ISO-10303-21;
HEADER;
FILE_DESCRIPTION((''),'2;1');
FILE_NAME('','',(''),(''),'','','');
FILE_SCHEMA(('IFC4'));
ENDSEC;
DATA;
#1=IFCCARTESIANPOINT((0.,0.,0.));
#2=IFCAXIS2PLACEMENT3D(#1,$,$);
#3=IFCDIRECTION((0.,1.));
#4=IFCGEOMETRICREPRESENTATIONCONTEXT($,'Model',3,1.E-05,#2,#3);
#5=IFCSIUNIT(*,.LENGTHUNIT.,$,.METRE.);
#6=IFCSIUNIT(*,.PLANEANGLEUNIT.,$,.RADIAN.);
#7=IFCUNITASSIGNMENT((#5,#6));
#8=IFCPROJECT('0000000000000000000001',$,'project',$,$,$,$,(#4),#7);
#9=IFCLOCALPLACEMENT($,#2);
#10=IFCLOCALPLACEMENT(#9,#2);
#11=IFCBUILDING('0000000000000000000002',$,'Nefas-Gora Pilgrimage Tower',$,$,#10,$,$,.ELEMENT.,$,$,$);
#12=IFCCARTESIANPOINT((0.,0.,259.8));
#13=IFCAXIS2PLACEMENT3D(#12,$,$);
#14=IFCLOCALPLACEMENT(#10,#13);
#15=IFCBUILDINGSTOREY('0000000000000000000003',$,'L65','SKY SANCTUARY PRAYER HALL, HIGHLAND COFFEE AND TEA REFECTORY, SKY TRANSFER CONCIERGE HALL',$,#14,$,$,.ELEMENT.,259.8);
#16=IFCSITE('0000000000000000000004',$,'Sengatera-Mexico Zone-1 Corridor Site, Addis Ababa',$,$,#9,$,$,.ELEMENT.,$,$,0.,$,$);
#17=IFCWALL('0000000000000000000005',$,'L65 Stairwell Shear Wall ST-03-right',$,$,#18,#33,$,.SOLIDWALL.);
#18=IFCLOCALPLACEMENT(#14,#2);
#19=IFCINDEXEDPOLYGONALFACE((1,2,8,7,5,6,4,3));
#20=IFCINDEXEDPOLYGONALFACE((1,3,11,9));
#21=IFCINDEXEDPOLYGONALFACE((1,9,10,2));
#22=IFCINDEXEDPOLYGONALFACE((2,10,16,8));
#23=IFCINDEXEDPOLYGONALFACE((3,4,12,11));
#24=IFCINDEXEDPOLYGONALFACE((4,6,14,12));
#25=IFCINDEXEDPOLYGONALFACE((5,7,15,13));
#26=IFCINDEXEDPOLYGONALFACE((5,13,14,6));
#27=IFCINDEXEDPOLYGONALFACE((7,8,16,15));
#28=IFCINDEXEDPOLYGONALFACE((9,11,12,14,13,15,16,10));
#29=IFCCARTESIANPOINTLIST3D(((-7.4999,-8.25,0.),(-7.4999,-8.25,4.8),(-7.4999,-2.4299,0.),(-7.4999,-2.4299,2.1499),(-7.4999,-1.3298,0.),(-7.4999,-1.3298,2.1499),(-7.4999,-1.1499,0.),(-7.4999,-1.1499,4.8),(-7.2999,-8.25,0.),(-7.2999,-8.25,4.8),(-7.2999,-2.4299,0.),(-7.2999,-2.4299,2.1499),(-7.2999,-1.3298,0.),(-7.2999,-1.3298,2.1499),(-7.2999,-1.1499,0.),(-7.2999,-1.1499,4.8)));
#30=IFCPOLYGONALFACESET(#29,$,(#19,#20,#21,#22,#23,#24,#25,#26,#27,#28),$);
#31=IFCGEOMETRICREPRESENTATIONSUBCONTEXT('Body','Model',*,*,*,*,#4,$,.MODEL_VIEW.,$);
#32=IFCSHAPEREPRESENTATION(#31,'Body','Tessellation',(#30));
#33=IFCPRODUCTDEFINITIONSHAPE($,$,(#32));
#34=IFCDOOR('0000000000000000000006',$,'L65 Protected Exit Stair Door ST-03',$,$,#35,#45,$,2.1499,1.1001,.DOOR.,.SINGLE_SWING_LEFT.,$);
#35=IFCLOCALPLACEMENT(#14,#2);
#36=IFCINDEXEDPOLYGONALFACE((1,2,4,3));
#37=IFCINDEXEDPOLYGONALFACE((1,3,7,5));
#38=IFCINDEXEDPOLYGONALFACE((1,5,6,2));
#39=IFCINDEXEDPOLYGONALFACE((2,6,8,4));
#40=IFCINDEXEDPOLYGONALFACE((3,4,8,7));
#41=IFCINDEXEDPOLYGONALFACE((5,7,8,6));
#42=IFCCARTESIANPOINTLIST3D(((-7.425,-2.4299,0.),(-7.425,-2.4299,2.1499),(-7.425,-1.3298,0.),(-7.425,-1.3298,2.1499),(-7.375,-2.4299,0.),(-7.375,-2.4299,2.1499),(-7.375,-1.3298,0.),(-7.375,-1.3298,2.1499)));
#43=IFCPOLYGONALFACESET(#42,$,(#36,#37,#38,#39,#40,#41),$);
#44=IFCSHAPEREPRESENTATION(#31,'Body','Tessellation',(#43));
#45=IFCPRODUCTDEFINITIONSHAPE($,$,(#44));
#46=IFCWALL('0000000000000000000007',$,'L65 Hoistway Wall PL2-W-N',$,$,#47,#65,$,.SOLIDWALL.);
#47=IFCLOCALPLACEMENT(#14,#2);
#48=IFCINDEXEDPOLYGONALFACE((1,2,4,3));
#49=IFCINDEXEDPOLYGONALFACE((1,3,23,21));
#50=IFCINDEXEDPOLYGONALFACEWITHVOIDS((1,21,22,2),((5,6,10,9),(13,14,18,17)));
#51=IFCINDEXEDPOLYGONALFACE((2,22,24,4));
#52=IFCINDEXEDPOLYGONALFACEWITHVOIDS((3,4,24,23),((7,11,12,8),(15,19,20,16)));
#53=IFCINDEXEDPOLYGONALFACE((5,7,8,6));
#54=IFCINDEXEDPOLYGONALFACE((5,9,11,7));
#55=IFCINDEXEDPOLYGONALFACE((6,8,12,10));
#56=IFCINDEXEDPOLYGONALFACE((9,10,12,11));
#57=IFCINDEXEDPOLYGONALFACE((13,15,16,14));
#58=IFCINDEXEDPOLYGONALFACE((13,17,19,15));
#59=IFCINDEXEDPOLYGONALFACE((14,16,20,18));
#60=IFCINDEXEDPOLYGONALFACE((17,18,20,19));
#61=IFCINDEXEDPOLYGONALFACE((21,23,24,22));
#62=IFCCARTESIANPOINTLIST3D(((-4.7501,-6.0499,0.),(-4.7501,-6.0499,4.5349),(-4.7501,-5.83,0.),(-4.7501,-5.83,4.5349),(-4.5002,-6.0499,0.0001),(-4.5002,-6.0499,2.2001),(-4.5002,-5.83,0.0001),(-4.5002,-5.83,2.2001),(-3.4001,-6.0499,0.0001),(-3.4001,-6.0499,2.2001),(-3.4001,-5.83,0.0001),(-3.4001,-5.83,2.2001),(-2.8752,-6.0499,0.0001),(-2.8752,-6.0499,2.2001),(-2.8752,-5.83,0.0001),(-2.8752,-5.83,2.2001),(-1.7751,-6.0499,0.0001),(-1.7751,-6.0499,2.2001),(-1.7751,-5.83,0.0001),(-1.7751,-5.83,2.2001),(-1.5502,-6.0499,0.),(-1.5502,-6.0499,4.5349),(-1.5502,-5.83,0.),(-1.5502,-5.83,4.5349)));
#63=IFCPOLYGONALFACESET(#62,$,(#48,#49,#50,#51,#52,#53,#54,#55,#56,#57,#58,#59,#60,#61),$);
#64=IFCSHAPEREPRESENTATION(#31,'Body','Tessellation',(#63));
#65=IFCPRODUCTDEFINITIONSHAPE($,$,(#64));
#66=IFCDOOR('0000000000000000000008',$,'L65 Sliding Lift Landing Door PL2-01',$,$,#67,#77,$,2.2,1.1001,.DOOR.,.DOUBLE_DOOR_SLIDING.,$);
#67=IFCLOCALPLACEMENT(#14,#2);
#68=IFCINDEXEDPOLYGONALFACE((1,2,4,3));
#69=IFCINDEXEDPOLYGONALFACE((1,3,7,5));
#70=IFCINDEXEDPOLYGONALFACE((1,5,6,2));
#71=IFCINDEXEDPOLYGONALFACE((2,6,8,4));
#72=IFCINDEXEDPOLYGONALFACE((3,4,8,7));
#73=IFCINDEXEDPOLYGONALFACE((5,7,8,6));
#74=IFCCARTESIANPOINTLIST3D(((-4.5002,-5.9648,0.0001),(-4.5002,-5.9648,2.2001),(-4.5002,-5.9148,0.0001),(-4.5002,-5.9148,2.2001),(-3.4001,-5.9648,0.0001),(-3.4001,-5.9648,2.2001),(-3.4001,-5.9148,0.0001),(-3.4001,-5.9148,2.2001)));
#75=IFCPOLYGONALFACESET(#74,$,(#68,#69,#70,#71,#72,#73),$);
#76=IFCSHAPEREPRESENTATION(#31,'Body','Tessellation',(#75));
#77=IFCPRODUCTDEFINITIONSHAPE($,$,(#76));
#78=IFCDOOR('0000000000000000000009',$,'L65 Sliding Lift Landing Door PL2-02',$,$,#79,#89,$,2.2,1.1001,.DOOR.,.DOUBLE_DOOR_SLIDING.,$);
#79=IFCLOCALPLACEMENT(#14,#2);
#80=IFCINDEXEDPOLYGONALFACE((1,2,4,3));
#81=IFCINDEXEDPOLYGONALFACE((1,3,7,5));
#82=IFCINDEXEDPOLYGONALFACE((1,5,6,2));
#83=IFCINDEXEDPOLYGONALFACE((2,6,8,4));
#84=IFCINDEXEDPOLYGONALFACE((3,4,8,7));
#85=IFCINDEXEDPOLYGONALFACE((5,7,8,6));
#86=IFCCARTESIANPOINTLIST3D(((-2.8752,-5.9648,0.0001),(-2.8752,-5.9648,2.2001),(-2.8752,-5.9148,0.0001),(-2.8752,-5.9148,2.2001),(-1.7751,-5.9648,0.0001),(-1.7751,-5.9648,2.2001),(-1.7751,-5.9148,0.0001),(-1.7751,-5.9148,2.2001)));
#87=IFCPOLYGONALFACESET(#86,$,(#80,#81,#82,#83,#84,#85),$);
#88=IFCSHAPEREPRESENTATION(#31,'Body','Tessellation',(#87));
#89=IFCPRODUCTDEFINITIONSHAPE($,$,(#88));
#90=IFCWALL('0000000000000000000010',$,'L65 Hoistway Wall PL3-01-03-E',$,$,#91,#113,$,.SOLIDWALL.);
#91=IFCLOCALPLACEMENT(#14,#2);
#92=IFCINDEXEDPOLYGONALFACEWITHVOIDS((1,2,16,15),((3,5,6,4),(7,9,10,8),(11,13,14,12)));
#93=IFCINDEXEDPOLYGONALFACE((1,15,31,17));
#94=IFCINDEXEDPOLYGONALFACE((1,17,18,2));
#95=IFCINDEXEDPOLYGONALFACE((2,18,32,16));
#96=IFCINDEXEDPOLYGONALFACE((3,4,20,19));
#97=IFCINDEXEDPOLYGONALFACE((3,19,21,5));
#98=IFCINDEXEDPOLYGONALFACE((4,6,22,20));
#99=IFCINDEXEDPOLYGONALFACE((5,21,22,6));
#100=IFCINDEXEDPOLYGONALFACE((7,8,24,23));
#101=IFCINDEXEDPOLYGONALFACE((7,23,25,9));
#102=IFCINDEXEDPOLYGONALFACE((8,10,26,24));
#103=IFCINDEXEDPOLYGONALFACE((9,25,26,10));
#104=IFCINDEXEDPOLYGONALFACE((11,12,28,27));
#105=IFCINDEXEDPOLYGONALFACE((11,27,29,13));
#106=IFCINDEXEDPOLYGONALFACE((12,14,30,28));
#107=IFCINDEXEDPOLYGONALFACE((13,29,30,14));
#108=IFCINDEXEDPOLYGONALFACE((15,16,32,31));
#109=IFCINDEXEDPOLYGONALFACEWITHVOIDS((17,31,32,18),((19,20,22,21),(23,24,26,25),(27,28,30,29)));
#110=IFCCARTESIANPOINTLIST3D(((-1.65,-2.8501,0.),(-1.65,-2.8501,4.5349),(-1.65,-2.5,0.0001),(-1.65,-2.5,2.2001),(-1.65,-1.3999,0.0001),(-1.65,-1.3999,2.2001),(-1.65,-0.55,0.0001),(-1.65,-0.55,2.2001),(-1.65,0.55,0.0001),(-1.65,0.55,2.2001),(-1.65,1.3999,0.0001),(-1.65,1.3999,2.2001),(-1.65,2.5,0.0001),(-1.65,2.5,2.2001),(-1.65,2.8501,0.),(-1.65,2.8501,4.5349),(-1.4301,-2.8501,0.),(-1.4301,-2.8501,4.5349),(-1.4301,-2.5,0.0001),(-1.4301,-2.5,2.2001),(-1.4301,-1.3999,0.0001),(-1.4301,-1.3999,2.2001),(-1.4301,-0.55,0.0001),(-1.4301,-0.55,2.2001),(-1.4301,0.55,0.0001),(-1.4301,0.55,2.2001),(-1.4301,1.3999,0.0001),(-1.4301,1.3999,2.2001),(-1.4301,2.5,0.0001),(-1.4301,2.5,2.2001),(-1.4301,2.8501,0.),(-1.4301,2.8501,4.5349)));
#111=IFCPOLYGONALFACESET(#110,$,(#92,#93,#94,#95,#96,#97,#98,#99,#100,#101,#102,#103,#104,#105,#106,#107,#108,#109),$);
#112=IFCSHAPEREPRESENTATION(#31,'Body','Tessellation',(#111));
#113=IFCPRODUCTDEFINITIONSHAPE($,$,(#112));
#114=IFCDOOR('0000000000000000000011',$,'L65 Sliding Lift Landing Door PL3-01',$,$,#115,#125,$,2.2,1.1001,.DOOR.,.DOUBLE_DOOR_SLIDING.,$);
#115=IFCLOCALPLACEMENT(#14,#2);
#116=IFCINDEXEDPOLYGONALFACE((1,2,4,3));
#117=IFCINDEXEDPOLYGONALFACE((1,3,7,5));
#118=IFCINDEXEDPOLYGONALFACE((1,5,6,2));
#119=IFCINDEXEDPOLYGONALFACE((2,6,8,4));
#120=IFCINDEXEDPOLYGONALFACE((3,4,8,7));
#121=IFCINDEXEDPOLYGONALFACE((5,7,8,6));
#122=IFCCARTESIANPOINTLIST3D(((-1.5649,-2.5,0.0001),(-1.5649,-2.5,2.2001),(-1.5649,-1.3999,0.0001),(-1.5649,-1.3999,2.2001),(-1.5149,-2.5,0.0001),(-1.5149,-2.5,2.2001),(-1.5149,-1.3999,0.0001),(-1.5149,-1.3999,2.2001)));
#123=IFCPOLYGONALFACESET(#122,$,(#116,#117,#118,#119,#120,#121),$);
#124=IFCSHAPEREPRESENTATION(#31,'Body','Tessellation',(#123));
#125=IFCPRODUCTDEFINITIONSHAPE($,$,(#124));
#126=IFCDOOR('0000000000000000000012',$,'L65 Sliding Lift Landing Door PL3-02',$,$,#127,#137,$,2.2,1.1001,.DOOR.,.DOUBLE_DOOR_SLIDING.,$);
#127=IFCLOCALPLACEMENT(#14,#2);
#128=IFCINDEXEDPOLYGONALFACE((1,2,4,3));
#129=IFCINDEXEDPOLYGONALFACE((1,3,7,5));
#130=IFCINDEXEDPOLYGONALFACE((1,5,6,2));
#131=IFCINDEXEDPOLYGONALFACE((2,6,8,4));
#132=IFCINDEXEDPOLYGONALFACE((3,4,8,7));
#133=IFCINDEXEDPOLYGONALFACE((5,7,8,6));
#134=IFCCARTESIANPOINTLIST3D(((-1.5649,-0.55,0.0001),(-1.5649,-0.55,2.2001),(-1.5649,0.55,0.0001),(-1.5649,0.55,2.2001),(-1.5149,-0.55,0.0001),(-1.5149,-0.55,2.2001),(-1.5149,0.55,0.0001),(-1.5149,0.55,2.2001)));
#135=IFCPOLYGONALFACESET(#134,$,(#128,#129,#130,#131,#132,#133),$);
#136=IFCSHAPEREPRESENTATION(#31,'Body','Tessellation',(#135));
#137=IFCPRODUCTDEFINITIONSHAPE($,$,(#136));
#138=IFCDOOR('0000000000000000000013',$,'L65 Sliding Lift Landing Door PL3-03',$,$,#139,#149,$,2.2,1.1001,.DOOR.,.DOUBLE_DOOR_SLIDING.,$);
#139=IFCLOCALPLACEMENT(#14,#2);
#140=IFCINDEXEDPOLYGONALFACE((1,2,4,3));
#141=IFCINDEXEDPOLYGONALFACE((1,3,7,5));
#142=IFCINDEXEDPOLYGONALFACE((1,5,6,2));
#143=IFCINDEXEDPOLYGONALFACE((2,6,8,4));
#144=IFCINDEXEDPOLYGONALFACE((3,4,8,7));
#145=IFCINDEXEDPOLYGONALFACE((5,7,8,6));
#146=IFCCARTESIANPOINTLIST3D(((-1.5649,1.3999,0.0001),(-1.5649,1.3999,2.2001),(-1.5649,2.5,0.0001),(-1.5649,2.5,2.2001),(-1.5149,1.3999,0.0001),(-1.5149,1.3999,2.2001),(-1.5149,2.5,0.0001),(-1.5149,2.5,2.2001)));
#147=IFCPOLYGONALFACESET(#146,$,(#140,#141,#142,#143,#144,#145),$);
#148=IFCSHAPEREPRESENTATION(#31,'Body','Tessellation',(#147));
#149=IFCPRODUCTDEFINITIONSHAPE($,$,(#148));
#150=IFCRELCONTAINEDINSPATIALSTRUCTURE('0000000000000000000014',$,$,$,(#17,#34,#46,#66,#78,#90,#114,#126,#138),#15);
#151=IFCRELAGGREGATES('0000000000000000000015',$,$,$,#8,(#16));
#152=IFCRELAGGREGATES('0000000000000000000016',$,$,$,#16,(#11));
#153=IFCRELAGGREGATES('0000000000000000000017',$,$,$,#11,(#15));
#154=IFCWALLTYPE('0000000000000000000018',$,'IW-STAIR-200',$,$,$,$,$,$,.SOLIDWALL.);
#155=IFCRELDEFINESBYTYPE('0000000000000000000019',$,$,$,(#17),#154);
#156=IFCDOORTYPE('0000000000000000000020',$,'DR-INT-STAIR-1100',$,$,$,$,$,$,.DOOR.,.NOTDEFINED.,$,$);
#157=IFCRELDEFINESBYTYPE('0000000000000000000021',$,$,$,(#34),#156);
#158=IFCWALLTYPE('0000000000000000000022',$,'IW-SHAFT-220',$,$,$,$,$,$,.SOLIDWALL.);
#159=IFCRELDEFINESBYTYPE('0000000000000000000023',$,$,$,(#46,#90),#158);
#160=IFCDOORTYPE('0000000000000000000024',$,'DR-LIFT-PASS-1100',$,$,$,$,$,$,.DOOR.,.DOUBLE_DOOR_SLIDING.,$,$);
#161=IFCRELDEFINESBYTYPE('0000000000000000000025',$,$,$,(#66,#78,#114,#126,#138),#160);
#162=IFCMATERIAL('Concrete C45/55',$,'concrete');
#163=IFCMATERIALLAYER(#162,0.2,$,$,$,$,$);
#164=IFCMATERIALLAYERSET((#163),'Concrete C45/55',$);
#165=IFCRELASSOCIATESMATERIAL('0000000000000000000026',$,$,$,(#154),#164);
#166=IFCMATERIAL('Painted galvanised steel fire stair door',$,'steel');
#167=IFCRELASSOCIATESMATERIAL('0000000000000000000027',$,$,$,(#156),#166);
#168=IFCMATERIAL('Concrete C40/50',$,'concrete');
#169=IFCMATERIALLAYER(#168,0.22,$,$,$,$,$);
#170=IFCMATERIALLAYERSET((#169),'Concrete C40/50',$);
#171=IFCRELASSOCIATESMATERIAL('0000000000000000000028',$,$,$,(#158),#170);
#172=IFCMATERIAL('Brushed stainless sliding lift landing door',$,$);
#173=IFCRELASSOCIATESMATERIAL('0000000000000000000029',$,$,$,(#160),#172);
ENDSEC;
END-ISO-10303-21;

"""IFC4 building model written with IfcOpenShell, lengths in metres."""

from ifc_helpers import new_model, si_unit, direction, frame, frame_2d, origin, place, context, subcontext, project, spatial, rectangle, extrude, source, transform, mapped, material, layer, layer_set, type_object, element, fill, save


model = new_model("IFC4")

# Units and contexts
model_context = context("Model", 3, precision=1e-05, world=origin(), true_north=direction((0.0, 1.0)))
body_context = subcontext(model_context, "Body", "Model", "MODEL_VIEW")
ifc_project = project(units=[si_unit("LENGTHUNIT", "METRE"), si_unit("PLANEANGLEUNIT", "RADIAN")], contexts=[model_context])

# Site, building, storey
site_placement = place(None, origin())
site = spatial("IfcSite", under=ifc_project, at=site_placement, Name="Sengatera-Mexico Zone-1 Corridor Site, Addis Ababa", CompositionType="ELEMENT", RefElevation=0.0)
building_placement = place(site_placement, origin())
building = spatial("IfcBuilding", under=site, at=building_placement, Name="Nefas-Gora Pilgrimage Tower", CompositionType="ELEMENT")
storey_placement = place(building_placement, frame((0.0, 0.0, 259.8)))
storey = spatial("IfcBuildingStorey", under=building, at=storey_placement, Name="L65", Description="SKY SANCTUARY PRAYER HALL, HIGHLAND COFFEE AND TEA REFECTORY, SKY TRANSFER CONCIERGE HALL", CompositionType="ELEMENT", Elevation=259.8)

# Wall, opening, door
ifc_material_1 = material(Name="Concrete C45/55", Category="concrete")
ifc_layer_1 = layer(ifc_material_1, 0.2)
ifc_layer_set_1 = layer_set([ifc_layer_1], Name="Concrete C45/55")
wall_type_1 = type_object("IfcWallType", Name="IW-STAIR-200", PredefinedType="SOLIDWALL", material=ifc_layer_set_1)
shared_shape_1 = source(origin(), body_context, "Body", "SweptSolid", [
    extrude(rectangle(XDim=7.1001, YDim=0.2, at=frame_2d((3.55, 0.0))), origin(), (0.0, 0.0, 1.0), 4.8),
])
wall_1_placement = place(storey_placement, frame((-7.3999, -1.1499, 0.0), z_axis=(0.0, 0.0, 1.0), x_axis=(0.0, -1.0, 0.0)))
wall_1 = element("IfcWall", 1, at=wall_1_placement, inside=storey, type_object=wall_type_1, Name="L65 Stairwell Shear Wall ST-03-right", PredefinedType="SOLIDWALL", context=body_context, shape_type="MappedRepresentation", body=[
    mapped(shared_shape_1, transform((0.0, 0.0, 0.0), x_axis=(1.0, 0.0, 0.0), y_axis=(0.0, 1.0, 0.0), z_axis=(0.0, 0.0, 1.0), scale=1.0)),
])
opening_1_placement = place(wall_1_placement, frame((0.1799, 0.0, 0.0)))
opening_1 = element("IfcOpeningElement", 2, at=opening_1_placement, cuts=wall_1, PredefinedType="OPENING", context=body_context, shape_type="SweptSolid", body=[
    extrude(rectangle(XDim=1.1001, YDim=2.1499, at=frame_2d((0.55, 1.075))), frame((0.0, 0.1099, 0.0), z_axis=(0.0, -1.0, 0.0), x_axis=(1.0, 0.0, 0.0)), (0.0, 0.0, 1.0), 0.22),
])
ifc_material_2 = material(Name="Painted galvanised steel fire stair door", Category="steel")
door_type_1 = type_object("IfcDoorType", Name="DR-INT-STAIR-1100", OperationType="NOTDEFINED", PredefinedType="DOOR", material=ifc_material_2)
shared_shape_2 = source(origin(), body_context, "Body", "SweptSolid", [
    extrude(rectangle(XDim=1.1001, YDim=2.1499, at=frame_2d((0.55, 1.075))), frame((0.0, 0.0249, 0.0), z_axis=(0.0, -1.0, 0.0), x_axis=(1.0, 0.0, 0.0)), (0.0, 0.0, 1.0), 0.05),
])
door_1_placement = place(opening_1_placement, origin())
door_1 = element("IfcDoor", 3, at=door_1_placement, inside=storey, type_object=door_type_1, Name="L65 Protected Exit Stair Door ST-03", OperationType="SINGLE_SWING_LEFT", OverallHeight=2.1499, OverallWidth=1.1001, PredefinedType="DOOR", context=body_context, shape_type="MappedRepresentation", body=[
    mapped(shared_shape_2, transform((0.0, 0.0, 0.0), x_axis=(1.0, 0.0, 0.0), y_axis=(0.0, 1.0, 0.0), z_axis=(0.0, 0.0, 1.0), scale=1.0)),
])
fill(opening_1, door_1)

# Walls, openings, doors
ifc_material_3 = material(Name="Concrete C40/50", Category="concrete")
ifc_layer_2 = layer(ifc_material_3, 0.22)
ifc_layer_set_2 = layer_set([ifc_layer_2], Name="Concrete C40/50")
wall_type_2 = type_object("IfcWallType", Name="IW-SHAFT-220", PredefinedType="SOLIDWALL", material=ifc_layer_set_2)
shared_shape_3 = source(origin(), body_context, "Body", "SweptSolid", [
    extrude(rectangle(XDim=3.2, YDim=0.22, at=frame_2d((1.6001, 0.0))), origin(), (0.0, 0.0, 1.0), 4.5349),
])
wall_2_placement = place(storey_placement, frame((-1.55, -5.9399, 0.0), z_axis=(0.0, 0.0, 1.0), x_axis=(-1.0, 0.0, 0.0)))
wall_2 = element("IfcWall", 4, at=wall_2_placement, inside=storey, type_object=wall_type_2, Name="L65 Hoistway Wall PL2-W-N", PredefinedType="SOLIDWALL", context=body_context, shape_type="MappedRepresentation", body=[
    mapped(shared_shape_3, transform((0.0, 0.0, 0.0), x_axis=(1.0, 0.0, 0.0), y_axis=(0.0, 1.0, 0.0), z_axis=(0.0, 0.0, 1.0), scale=1.0)),
])
opening_2_placement = place(wall_2_placement, frame((1.8501, 0.0, 0.0)))
opening_2 = element("IfcOpeningElement", 5, at=opening_2_placement, cuts=wall_2, PredefinedType="OPENING", context=body_context, shape_type="SweptSolid", body=[
    extrude(rectangle(XDim=1.1001, YDim=2.2, at=frame_2d((0.55, 1.1001))), frame((0.0, 0.1199, 0.0), z_axis=(0.0, -1.0, 0.0), x_axis=(1.0, 0.0, 0.0)), (0.0, 0.0, 1.0), 0.24),
])
opening_3_placement = place(wall_2_placement, frame((0.2251, 0.0, 0.0)))
opening_3 = element("IfcOpeningElement", 6, at=opening_3_placement, cuts=wall_2, PredefinedType="OPENING", context=body_context, shape_type="SweptSolid", body=[
    extrude(rectangle(XDim=1.1001, YDim=2.2, at=frame_2d((0.55, 1.1001))), frame((0.0, 0.1199, 0.0), z_axis=(0.0, -1.0, 0.0), x_axis=(1.0, 0.0, 0.0)), (0.0, 0.0, 1.0), 0.24),
])
ifc_material_4 = material(Name="Brushed stainless sliding lift landing door")
door_type_2 = type_object("IfcDoorType", Name="DR-LIFT-PASS-1100", OperationType="DOUBLE_DOOR_SLIDING", PredefinedType="DOOR", material=ifc_material_4)
shared_shape_4 = source(origin(), body_context, "Body", "SweptSolid", [
    extrude(rectangle(XDim=1.1001, YDim=2.2, at=frame_2d((0.55, 1.1001))), frame((0.0, 0.0249, 0.0), z_axis=(0.0, -1.0, 0.0), x_axis=(1.0, 0.0, 0.0)), (0.0, 0.0, 1.0), 0.05),
])
door_2_placement = place(opening_2_placement, origin())
door_2 = element("IfcDoor", 7, at=door_2_placement, inside=storey, type_object=door_type_2, Name="L65 Sliding Lift Landing Door PL2-01", OperationType="DOUBLE_DOOR_SLIDING", OverallHeight=2.2, OverallWidth=1.1001, PredefinedType="DOOR", context=body_context, shape_type="MappedRepresentation", body=[
    mapped(shared_shape_4, transform((0.0, 0.0, 0.0), x_axis=(1.0, 0.0, 0.0), y_axis=(0.0, 1.0, 0.0), z_axis=(0.0, 0.0, 1.0), scale=1.0)),
])
fill(opening_2, door_2)
door_3_placement = place(opening_3_placement, origin())
door_3 = element("IfcDoor", 8, at=door_3_placement, inside=storey, type_object=door_type_2, Name="L65 Sliding Lift Landing Door PL2-02", OperationType="DOUBLE_DOOR_SLIDING", OverallHeight=2.2, OverallWidth=1.1001, PredefinedType="DOOR", context=body_context, shape_type="MappedRepresentation", body=[
    mapped(shared_shape_4, transform((0.0, 0.0, 0.0), x_axis=(1.0, 0.0, 0.0), y_axis=(0.0, 1.0, 0.0), z_axis=(0.0, 0.0, 1.0), scale=1.0)),
])
fill(opening_3, door_3)
shared_shape_5 = source(origin(), body_context, "Body", "SweptSolid", [
    extrude(rectangle(XDim=5.7002, YDim=0.22, at=frame_2d((2.8501, 0.0))), origin(), (0.0, 0.0, 1.0), 4.5349),
])
wall_3_placement = place(storey_placement, frame((-1.54, -2.8501, 0.0), z_axis=(0.0, 0.0, 1.0), x_axis=(0.0, 1.0, 0.0)))
wall_3 = element("IfcWall", 9, at=wall_3_placement, inside=storey, type_object=wall_type_2, Name="L65 Hoistway Wall PL3-01-03-E", PredefinedType="SOLIDWALL", context=body_context, shape_type="MappedRepresentation", body=[
    mapped(shared_shape_5, transform((0.0, 0.0, 0.0), x_axis=(1.0, 0.0, 0.0), y_axis=(0.0, 1.0, 0.0), z_axis=(0.0, 0.0, 1.0), scale=1.0)),
])
opening_4_placement = place(wall_3_placement, frame((0.3501, 0.0, 0.0)))
opening_4 = element("IfcOpeningElement", 10, at=opening_4_placement, cuts=wall_3, PredefinedType="OPENING", context=body_context, shape_type="SweptSolid", body=[
    extrude(rectangle(XDim=1.1001, YDim=2.2, at=frame_2d((0.55, 1.1001))), frame((0.0, 0.1199, 0.0), z_axis=(0.0, -1.0, 0.0), x_axis=(1.0, 0.0, 0.0)), (0.0, 0.0, 1.0), 0.24),
])
opening_5_placement = place(wall_3_placement, frame((2.3, 0.0, 0.0)))
opening_5 = element("IfcOpeningElement", 11, at=opening_5_placement, cuts=wall_3, PredefinedType="OPENING", context=body_context, shape_type="SweptSolid", body=[
    extrude(rectangle(XDim=1.1001, YDim=2.2, at=frame_2d((0.55, 1.1001))), frame((0.0, 0.1199, 0.0), z_axis=(0.0, -1.0, 0.0), x_axis=(1.0, 0.0, 0.0)), (0.0, 0.0, 1.0), 0.24),
])
opening_6_placement = place(wall_3_placement, frame((4.25, 0.0, 0.0)))
opening_6 = element("IfcOpeningElement", 12, at=opening_6_placement, cuts=wall_3, PredefinedType="OPENING", context=body_context, shape_type="SweptSolid", body=[
    extrude(rectangle(XDim=1.1001, YDim=2.2, at=frame_2d((0.55, 1.1001))), frame((0.0, 0.1199, 0.0), z_axis=(0.0, -1.0, 0.0), x_axis=(1.0, 0.0, 0.0)), (0.0, 0.0, 1.0), 0.24),
])
door_4_placement = place(opening_4_placement, origin())
door_4 = element("IfcDoor", 13, at=door_4_placement, inside=storey, type_object=door_type_2, Name="L65 Sliding Lift Landing Door PL3-01", OperationType="DOUBLE_DOOR_SLIDING", OverallHeight=2.2, OverallWidth=1.1001, PredefinedType="DOOR", context=body_context, shape_type="MappedRepresentation", body=[
    mapped(shared_shape_4, transform((0.0, 0.0, 0.0), x_axis=(1.0, 0.0, 0.0), y_axis=(0.0, 1.0, 0.0), z_axis=(0.0, 0.0, 1.0), scale=1.0)),
])
fill(opening_4, door_4)
door_5_placement = place(opening_5_placement, origin())
door_5 = element("IfcDoor", 14, at=door_5_placement, inside=storey, type_object=door_type_2, Name="L65 Sliding Lift Landing Door PL3-02", OperationType="DOUBLE_DOOR_SLIDING", OverallHeight=2.2, OverallWidth=1.1001, PredefinedType="DOOR", context=body_context, shape_type="MappedRepresentation", body=[
    mapped(shared_shape_4, transform((0.0, 0.0, 0.0), x_axis=(1.0, 0.0, 0.0), y_axis=(0.0, 1.0, 0.0), z_axis=(0.0, 0.0, 1.0), scale=1.0)),
])
fill(opening_5, door_5)
door_6_placement = place(opening_6_placement, origin())
door_6 = element("IfcDoor", 15, at=door_6_placement, inside=storey, type_object=door_type_2, Name="L65 Sliding Lift Landing Door PL3-03", OperationType="DOUBLE_DOOR_SLIDING", OverallHeight=2.2, OverallWidth=1.1001, PredefinedType="DOOR", context=body_context, shape_type="MappedRepresentation", body=[
    mapped(shared_shape_4, transform((0.0, 0.0, 0.0), x_axis=(1.0, 0.0, 0.0), y_axis=(0.0, 1.0, 0.0), z_axis=(0.0, 0.0, 1.0), scale=1.0)),
])
fill(opening_6, door_6)

save(model, "model.ifc")
